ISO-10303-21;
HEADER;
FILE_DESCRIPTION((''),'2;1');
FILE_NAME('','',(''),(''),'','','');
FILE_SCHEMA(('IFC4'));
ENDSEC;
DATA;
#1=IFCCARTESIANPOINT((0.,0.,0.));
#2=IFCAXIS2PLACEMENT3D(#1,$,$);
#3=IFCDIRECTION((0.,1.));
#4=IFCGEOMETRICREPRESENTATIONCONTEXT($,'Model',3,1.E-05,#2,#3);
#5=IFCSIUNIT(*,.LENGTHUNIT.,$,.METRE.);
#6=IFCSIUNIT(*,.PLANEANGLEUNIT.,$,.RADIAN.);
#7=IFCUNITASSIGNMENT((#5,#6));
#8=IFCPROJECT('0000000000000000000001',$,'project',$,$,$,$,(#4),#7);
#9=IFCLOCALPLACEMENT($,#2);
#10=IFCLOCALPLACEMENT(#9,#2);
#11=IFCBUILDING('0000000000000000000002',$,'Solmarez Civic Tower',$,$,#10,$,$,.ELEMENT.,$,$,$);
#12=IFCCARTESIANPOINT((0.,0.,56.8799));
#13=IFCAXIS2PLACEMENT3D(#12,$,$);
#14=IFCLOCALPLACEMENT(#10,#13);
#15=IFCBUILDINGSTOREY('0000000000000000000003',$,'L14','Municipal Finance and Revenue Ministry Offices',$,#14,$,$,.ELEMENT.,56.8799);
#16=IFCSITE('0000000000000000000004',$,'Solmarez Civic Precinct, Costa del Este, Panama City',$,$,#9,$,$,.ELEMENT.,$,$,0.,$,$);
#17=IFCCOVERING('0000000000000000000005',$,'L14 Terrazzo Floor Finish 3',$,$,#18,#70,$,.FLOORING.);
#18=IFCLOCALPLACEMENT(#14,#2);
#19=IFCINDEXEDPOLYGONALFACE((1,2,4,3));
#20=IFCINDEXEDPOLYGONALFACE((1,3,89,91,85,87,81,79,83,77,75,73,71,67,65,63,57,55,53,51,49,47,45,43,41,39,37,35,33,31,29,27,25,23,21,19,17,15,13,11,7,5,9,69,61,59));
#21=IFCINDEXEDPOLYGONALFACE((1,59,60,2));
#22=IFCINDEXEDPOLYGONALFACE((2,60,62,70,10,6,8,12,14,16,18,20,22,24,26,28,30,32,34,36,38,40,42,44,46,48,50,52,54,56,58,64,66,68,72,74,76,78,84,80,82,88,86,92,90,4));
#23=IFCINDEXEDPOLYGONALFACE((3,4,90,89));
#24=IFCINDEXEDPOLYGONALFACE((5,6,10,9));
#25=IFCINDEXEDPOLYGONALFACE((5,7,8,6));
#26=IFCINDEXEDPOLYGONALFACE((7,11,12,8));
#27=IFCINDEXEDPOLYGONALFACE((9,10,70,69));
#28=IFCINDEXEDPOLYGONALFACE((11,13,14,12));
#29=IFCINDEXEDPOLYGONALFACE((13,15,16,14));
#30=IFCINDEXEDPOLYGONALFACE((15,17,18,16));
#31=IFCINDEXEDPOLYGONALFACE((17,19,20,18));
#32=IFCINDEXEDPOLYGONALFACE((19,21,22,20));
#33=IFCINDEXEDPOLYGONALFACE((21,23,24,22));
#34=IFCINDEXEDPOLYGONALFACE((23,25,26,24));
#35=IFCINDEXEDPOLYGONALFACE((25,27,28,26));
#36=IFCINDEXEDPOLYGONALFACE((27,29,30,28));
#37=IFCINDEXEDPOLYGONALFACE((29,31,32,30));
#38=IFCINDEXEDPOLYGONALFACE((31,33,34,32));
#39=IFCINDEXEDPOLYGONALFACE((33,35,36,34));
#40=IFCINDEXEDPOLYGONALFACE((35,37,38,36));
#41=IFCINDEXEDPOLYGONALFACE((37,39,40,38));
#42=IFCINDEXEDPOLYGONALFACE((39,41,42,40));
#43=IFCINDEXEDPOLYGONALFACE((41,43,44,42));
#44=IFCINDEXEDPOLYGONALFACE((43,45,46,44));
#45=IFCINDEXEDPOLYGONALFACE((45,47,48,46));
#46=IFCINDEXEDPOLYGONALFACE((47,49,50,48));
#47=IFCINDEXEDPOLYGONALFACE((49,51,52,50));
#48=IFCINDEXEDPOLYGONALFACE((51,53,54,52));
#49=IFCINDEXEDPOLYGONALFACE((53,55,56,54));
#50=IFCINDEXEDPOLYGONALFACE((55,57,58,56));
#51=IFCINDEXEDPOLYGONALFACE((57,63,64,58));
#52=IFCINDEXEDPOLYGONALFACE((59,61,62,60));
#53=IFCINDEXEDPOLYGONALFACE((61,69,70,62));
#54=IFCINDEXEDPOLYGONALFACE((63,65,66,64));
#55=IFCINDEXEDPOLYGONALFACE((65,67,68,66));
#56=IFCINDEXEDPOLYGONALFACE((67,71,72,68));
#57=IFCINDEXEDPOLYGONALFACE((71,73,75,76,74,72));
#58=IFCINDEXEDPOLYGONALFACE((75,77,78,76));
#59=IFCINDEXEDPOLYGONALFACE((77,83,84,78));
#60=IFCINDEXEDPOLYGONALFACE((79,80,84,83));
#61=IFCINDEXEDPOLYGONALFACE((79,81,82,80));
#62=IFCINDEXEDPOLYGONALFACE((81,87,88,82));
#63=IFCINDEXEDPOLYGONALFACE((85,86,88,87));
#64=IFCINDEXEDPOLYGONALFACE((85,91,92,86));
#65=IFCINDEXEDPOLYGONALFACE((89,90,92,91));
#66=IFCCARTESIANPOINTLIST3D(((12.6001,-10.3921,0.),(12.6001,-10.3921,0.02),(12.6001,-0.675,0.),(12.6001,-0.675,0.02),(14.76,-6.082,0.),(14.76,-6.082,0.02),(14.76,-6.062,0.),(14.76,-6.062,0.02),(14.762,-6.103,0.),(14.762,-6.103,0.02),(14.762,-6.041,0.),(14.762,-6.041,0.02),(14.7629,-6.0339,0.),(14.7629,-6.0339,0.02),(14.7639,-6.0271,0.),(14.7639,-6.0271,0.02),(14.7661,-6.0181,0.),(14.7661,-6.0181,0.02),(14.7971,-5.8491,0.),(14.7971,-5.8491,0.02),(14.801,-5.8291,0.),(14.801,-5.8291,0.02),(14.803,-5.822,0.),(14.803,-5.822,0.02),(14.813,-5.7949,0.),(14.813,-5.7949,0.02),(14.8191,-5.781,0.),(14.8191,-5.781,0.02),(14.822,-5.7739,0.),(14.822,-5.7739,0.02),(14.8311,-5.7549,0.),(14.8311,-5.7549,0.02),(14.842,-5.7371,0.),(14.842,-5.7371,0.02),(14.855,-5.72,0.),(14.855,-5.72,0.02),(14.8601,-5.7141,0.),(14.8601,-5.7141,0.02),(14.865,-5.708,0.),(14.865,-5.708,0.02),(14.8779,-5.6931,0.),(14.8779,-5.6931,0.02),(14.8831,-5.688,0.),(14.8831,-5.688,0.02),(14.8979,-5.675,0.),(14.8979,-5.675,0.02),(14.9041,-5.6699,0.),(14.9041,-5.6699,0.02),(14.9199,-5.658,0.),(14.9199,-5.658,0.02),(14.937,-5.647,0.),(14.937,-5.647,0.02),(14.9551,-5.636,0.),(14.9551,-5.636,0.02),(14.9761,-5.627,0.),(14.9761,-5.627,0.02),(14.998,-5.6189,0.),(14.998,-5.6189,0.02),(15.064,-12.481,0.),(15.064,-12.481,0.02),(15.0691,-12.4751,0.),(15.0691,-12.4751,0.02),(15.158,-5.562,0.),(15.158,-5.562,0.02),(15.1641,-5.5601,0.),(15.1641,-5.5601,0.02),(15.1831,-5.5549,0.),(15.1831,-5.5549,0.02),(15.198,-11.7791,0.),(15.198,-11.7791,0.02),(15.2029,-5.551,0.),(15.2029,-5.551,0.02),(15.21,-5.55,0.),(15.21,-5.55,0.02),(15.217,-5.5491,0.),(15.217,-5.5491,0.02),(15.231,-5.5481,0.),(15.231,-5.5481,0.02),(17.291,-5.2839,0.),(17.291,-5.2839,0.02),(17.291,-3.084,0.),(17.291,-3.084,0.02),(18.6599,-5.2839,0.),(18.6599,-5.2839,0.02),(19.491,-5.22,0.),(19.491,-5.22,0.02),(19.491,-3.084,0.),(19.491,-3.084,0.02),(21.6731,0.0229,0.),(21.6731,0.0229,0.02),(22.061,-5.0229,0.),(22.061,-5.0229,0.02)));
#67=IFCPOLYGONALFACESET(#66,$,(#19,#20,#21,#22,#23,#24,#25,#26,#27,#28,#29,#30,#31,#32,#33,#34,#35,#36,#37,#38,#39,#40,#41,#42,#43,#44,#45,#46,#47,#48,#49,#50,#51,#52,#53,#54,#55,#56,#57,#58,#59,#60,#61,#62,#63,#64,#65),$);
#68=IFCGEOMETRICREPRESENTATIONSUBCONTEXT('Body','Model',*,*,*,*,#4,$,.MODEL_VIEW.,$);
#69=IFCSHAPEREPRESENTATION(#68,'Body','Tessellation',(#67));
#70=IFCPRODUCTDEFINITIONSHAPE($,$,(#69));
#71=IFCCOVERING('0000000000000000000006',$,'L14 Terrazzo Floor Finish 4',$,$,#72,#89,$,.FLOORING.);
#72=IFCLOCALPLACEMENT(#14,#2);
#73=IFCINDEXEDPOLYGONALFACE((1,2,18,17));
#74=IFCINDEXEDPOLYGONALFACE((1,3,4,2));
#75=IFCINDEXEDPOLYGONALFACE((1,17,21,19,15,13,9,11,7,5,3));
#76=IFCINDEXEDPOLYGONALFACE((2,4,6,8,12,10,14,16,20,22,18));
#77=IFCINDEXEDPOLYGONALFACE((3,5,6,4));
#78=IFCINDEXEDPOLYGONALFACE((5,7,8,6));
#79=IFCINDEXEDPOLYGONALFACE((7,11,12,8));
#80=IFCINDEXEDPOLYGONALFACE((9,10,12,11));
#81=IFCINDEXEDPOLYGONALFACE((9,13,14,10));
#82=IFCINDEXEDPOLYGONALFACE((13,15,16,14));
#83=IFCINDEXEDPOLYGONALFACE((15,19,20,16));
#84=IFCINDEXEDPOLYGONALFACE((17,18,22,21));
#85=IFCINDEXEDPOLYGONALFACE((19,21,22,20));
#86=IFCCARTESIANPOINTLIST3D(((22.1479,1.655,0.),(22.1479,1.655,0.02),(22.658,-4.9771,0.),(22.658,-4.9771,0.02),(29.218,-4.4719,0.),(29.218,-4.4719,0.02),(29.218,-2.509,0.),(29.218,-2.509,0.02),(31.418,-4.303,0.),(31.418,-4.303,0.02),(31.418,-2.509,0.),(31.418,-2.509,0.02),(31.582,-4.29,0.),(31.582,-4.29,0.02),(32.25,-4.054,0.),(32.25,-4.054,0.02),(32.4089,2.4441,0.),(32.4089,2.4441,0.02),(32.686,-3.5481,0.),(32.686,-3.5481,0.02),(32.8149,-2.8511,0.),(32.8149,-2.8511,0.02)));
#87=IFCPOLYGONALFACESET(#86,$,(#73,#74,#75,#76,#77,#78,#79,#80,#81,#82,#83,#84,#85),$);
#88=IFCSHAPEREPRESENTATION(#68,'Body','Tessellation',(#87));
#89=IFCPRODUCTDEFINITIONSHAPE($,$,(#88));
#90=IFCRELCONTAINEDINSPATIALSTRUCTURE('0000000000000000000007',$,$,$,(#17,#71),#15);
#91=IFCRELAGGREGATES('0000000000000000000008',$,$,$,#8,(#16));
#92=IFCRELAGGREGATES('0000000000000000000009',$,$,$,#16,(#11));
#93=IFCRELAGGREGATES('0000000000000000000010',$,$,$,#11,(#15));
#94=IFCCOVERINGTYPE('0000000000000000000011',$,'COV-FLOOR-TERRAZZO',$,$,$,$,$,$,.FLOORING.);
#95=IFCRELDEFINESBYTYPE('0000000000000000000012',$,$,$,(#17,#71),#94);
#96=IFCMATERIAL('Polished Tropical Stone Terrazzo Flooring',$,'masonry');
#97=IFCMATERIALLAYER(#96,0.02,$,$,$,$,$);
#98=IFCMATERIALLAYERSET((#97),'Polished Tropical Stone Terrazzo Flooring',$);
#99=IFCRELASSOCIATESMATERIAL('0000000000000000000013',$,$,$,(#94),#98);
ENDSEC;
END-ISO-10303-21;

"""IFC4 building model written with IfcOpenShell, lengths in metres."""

from ifc_helpers import new_model, si_unit, direction, frame, origin, place, context, subcontext, project, spatial, polyline, outline, extrude, material, layer, layer_set, type_object, element, save


model = new_model("IFC4")

# Units and contexts
model_context = context("Model", 3, precision=1e-05, world=origin(), true_north=direction((0.0, 1.0)))
body_context = subcontext(model_context, "Body", "Model", "MODEL_VIEW")
ifc_project = project(units=[si_unit("LENGTHUNIT", "METRE"), si_unit("PLANEANGLEUNIT", "RADIAN")], contexts=[model_context])

# Site, building, storey
site_placement = place(None, origin())
site = spatial("IfcSite", under=ifc_project, at=site_placement, Name="Solmarez Civic Precinct, Costa del Este, Panama City", CompositionType="ELEMENT", RefElevation=0.0)
building_placement = place(site_placement, origin())
building = spatial("IfcBuilding", under=site, at=building_placement, Name="Solmarez Civic Tower", CompositionType="ELEMENT")
storey_placement = place(building_placement, frame((0.0, 0.0, 56.8799)))
storey = spatial("IfcBuildingStorey", under=building, at=storey_placement, Name="L14", Description="Municipal Finance and Revenue Ministry Offices", CompositionType="ELEMENT", Elevation=56.8799)

# Coverings
ifc_material_1 = material(Name="Polished Tropical Stone Terrazzo Flooring", Category="masonry")
ifc_layer_1 = layer(ifc_material_1, 0.02)
ifc_layer_set_1 = layer_set([ifc_layer_1], Name="Polished Tropical Stone Terrazzo Flooring")
covering_type_1 = type_object("IfcCoveringType", Name="COV-FLOOR-TERRAZZO", PredefinedType="FLOORING", material=ifc_layer_set_1)
covering_1_placement = place(storey_placement, origin())
element("IfcCovering", 1, at=covering_1_placement, inside=storey, type_object=covering_type_1, Name="L14 Terrazzo Floor Finish 3", PredefinedType="FLOORING", context=body_context, shape_type="SweptSolid", body=[
    extrude(outline(polyline([(12.6001, -0.675), (12.6001, -10.3921), (15.064, -12.481), (15.0691, -12.4751), (15.198, -11.7791), (14.762, -6.103), (14.76, -6.082), (14.76, -6.062), (14.762, -6.041), (14.7629, -6.0339), (14.7639, -6.0271), (14.7661, -6.0181), (14.7971, -5.8491), (14.801, -5.8291), (14.803, -5.822), (14.813, -5.7949), (14.8191, -5.781), (14.822, -5.7739), (14.8311, -5.7549), (14.842, -5.7371), (14.855, -5.72), (14.8601, -5.7141), (14.865, -5.708), (14.8779, -5.6931), (14.8831, -5.688), (14.8979, -5.675), (14.9041, -5.6699), (14.9199, -5.658), (14.937, -5.647), (14.9551, -5.636), (14.9761, -5.627), (14.998, -5.6189), (15.158, -5.562), (15.1641, -5.5601), (15.1831, -5.5549), (15.2029, -5.551), (15.21, -5.55), (15.217, -5.5491), (15.231, -5.5481), (18.6599, -5.2839), (17.291, -5.2839), (17.291, -3.084), (19.491, -3.084), (19.491, -5.22), (22.061, -5.0229), (21.6731, 0.0229), (12.6001, -0.675)])), origin(), (0.0, 0.0, 1.0), 0.02),
])
covering_2_placement = place(storey_placement, origin())
element("IfcCovering", 2, at=covering_2_placement, inside=storey, type_object=covering_type_1, Name="L14 Terrazzo Floor Finish 4", PredefinedType="FLOORING", context=body_context, shape_type="SweptSolid", body=[
    extrude(outline(polyline([(22.658, -4.9771), (29.218, -4.4719), (29.218, -2.509), (31.418, -2.509), (31.418, -4.303), (31.582, -4.29), (32.25, -4.054), (32.686, -3.5481), (32.8149, -2.8511), (32.4089, 2.4441), (22.1479, 1.655), (22.658, -4.9771)])), origin(), (0.0, 0.0, 1.0), 0.02),
])

save(model, "model.ifc")
